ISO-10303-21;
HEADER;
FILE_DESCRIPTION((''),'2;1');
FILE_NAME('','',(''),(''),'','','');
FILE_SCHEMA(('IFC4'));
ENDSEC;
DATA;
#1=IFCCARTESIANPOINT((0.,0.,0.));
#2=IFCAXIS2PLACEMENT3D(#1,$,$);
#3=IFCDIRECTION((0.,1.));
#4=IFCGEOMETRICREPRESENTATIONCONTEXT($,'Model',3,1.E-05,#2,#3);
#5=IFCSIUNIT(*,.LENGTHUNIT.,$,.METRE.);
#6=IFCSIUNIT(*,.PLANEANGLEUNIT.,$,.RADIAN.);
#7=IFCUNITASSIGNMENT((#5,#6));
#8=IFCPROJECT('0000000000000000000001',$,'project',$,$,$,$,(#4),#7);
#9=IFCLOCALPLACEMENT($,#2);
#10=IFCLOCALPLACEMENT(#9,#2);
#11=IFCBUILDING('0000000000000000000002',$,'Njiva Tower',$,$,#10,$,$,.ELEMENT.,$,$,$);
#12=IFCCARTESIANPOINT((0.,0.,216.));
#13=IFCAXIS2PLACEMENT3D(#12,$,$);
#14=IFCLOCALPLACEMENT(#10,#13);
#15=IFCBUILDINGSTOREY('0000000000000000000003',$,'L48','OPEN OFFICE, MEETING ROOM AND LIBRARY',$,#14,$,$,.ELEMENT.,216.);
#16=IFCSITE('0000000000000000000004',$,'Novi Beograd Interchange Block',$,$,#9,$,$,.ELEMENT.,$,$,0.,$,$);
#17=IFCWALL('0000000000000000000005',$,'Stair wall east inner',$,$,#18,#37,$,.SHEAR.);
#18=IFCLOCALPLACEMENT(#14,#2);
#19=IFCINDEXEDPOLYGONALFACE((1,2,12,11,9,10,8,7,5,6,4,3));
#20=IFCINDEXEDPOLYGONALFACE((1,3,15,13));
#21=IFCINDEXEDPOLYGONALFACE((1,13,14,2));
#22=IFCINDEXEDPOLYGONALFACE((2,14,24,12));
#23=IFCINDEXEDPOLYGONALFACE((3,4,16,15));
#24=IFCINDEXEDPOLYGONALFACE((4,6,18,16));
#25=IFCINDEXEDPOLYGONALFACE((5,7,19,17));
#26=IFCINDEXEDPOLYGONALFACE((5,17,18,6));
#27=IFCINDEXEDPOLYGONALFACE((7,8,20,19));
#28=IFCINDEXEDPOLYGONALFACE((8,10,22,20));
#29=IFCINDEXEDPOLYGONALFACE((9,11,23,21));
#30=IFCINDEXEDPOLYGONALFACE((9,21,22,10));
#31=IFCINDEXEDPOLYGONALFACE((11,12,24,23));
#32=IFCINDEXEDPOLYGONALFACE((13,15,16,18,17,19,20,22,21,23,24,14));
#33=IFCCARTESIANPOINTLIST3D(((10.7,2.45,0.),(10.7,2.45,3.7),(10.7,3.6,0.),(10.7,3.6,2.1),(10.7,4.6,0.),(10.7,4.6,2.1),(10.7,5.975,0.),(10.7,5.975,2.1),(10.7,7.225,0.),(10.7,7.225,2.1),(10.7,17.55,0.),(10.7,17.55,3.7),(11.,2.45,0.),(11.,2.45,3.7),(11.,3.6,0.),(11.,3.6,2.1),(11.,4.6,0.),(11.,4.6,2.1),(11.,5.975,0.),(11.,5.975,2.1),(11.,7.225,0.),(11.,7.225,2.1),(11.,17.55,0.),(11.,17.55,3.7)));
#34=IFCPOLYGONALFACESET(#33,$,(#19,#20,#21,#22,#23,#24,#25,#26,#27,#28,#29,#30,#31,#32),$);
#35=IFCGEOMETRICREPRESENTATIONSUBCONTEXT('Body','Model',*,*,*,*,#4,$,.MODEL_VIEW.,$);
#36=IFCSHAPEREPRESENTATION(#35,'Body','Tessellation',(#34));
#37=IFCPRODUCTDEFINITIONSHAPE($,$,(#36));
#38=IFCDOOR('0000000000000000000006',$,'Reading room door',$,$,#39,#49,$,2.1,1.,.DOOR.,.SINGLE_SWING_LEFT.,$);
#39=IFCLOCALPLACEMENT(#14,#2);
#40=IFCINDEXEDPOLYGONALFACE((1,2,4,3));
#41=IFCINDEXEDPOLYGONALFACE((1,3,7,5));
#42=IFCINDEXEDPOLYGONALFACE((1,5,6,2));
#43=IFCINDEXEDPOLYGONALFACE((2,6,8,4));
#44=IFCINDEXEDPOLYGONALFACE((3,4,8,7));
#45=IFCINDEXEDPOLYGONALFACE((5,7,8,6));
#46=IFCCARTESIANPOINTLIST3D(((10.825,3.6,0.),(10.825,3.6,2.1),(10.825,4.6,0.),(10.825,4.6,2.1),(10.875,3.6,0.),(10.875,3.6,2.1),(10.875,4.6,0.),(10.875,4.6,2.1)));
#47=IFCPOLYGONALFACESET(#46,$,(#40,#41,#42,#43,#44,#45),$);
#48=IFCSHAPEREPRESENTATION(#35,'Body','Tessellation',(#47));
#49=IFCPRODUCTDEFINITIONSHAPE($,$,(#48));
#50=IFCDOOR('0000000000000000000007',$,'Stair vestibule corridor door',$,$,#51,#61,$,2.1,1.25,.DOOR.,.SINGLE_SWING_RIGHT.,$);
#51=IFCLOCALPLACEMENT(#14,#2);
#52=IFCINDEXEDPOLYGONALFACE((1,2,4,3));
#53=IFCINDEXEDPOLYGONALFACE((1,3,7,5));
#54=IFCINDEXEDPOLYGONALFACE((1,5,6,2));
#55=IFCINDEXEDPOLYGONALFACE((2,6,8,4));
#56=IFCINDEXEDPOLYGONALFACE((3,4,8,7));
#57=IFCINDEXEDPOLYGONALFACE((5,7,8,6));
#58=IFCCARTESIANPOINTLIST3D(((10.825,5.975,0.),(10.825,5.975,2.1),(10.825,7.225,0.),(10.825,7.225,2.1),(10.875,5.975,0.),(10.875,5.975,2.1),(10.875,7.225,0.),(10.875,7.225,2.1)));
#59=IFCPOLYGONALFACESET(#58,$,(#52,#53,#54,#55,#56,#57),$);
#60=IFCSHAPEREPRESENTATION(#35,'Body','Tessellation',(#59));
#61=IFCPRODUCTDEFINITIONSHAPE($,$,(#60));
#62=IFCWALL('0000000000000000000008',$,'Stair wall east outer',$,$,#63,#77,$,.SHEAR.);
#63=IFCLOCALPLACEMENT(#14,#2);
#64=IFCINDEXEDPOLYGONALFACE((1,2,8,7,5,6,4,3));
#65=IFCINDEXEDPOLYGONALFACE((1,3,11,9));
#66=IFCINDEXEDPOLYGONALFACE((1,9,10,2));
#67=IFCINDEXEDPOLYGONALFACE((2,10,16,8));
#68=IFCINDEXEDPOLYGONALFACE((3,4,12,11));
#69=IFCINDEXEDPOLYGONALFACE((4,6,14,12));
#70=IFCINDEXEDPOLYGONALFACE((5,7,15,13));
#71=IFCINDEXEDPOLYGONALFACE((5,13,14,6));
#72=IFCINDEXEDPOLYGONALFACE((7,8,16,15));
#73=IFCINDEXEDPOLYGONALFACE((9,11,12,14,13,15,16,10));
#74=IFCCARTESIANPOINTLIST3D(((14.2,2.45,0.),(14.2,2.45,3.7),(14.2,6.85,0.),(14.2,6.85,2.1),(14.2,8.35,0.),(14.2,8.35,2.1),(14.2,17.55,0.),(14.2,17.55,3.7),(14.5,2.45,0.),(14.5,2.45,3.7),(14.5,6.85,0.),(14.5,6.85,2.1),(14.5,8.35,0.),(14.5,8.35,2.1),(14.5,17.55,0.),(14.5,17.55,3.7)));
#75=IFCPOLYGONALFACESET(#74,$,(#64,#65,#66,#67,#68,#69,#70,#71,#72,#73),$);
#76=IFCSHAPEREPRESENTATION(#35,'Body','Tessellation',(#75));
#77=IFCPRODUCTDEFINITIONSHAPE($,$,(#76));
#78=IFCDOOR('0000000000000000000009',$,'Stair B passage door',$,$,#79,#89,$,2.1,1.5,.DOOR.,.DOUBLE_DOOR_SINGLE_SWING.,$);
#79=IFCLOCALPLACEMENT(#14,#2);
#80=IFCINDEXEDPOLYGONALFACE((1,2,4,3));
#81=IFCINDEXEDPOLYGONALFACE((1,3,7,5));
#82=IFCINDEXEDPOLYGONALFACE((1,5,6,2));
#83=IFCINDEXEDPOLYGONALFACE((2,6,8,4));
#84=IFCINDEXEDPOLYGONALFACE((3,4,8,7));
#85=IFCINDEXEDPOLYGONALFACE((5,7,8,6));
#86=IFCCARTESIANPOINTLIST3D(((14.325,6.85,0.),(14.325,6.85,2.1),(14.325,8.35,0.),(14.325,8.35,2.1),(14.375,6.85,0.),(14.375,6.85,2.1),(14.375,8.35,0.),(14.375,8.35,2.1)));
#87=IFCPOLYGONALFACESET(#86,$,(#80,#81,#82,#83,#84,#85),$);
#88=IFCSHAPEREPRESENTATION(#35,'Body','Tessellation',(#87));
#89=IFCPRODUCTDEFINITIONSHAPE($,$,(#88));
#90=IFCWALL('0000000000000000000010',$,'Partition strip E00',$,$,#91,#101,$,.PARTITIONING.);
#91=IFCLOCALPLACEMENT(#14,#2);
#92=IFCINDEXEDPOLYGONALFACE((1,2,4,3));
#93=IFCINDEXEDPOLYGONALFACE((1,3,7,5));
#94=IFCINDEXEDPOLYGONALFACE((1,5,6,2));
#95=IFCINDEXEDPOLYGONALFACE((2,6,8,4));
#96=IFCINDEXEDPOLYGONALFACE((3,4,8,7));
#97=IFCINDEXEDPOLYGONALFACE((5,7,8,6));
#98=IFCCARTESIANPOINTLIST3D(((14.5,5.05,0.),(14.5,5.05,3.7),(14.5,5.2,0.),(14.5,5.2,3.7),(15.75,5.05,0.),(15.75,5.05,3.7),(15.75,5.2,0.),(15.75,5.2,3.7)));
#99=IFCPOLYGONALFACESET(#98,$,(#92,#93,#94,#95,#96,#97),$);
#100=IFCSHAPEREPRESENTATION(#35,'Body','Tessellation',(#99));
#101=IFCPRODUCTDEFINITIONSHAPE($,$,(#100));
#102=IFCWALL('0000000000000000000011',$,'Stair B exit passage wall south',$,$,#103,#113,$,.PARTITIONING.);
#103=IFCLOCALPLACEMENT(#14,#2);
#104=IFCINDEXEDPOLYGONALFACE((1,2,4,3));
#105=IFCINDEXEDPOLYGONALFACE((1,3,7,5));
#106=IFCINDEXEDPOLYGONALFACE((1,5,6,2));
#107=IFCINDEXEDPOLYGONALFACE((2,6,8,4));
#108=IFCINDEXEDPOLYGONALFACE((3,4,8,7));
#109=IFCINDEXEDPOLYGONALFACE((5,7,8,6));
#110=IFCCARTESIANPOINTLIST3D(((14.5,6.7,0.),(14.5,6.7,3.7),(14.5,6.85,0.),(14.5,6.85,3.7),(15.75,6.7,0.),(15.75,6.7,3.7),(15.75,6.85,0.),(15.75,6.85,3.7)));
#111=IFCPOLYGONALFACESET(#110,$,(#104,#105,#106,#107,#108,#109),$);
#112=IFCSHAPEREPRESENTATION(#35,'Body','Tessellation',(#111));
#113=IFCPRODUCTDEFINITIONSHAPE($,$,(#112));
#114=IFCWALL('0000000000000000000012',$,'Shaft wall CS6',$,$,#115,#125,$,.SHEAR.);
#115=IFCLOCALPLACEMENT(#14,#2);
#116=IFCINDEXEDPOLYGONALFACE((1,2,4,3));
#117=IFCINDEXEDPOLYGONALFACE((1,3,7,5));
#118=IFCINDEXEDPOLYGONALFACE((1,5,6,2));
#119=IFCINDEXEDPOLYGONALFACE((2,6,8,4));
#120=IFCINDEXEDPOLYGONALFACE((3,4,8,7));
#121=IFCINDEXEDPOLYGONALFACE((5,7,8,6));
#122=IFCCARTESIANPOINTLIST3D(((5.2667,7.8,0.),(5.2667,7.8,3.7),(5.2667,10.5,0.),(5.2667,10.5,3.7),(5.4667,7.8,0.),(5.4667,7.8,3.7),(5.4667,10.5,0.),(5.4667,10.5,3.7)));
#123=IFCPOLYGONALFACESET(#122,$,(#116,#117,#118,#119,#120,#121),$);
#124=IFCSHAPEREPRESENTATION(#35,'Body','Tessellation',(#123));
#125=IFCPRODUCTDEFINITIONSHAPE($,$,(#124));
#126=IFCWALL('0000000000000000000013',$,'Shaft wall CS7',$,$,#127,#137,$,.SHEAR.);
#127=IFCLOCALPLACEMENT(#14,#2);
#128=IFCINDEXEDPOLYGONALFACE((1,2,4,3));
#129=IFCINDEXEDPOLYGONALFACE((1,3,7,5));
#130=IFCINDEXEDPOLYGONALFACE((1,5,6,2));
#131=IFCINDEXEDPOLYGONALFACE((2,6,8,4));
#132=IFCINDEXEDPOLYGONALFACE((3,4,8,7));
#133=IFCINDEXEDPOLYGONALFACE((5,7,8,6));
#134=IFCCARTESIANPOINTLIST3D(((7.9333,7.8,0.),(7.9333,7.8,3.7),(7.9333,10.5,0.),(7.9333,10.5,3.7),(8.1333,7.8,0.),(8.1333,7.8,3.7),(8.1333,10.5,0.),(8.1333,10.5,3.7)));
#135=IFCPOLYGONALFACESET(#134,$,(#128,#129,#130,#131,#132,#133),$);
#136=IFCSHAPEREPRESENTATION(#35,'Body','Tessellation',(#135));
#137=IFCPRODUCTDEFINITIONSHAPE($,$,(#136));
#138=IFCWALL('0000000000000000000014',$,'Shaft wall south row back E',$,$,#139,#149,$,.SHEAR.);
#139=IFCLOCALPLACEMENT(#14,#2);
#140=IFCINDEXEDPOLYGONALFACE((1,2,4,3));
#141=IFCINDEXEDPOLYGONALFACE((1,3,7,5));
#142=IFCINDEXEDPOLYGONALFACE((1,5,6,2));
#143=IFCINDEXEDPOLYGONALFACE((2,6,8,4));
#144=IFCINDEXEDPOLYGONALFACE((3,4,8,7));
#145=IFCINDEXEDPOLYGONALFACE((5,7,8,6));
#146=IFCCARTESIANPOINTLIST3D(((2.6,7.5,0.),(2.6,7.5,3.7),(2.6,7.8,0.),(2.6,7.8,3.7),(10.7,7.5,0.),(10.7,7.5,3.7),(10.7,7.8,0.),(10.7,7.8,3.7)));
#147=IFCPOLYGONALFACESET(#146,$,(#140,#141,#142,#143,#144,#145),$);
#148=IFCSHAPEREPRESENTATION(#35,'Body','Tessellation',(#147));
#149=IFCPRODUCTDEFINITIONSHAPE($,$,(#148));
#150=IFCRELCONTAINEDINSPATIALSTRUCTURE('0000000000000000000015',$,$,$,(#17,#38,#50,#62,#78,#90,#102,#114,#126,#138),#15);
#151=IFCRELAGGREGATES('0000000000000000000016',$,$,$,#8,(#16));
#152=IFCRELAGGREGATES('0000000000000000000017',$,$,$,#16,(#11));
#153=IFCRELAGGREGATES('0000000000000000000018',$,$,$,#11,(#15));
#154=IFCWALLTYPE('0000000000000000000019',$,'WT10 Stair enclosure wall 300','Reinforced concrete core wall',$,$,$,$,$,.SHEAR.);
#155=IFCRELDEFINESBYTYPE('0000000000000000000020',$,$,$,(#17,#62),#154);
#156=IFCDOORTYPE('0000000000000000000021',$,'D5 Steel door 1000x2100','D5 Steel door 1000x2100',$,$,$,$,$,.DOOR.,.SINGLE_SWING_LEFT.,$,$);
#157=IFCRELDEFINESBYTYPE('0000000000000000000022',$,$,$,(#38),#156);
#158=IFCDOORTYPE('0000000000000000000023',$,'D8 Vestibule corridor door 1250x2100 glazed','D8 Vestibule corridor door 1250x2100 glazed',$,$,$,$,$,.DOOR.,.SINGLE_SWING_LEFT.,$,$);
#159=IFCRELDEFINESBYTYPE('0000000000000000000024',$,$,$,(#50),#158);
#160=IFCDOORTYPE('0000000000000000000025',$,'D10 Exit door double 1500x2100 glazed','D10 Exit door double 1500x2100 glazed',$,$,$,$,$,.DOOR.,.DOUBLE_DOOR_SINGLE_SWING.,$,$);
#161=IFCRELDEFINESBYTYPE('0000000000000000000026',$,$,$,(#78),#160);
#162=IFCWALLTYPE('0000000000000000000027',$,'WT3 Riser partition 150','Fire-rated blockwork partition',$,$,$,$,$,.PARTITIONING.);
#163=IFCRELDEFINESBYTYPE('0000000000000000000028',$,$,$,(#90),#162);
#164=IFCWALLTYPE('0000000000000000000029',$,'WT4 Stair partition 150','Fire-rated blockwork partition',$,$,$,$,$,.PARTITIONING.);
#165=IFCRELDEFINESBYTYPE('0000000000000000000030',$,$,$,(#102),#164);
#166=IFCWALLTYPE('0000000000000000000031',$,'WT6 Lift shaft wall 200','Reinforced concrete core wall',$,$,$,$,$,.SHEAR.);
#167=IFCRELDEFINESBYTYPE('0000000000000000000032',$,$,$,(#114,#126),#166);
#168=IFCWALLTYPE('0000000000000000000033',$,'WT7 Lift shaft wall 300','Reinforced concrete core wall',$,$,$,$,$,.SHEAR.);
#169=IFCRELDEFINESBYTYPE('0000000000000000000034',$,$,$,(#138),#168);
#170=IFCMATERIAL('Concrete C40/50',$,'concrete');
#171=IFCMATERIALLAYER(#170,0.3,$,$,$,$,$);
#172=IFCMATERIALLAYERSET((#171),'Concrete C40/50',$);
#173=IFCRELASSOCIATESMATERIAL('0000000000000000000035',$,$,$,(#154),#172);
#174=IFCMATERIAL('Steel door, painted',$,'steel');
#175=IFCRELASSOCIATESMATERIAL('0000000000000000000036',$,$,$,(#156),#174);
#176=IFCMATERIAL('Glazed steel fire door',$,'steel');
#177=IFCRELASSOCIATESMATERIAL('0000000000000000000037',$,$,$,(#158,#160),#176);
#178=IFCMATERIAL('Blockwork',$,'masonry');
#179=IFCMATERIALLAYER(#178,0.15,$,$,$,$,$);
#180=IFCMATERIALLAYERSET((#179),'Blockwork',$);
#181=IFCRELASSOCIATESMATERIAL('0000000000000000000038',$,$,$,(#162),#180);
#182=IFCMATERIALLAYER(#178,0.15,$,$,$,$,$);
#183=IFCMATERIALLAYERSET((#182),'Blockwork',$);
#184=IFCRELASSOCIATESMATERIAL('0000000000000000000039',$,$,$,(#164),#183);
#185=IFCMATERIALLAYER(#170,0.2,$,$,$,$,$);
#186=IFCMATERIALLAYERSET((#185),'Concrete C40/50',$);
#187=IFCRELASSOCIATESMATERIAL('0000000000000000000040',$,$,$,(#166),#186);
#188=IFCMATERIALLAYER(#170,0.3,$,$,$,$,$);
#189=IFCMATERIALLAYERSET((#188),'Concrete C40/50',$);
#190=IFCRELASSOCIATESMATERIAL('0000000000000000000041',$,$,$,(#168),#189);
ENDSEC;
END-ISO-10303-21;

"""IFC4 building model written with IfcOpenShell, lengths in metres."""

from ifc_helpers import new_model, si_unit, direction, frame, frame_2d, origin, place, context, subcontext, project, spatial, rectangle, extrude, material, layer, layer_set, type_object, element, fill, save


model = new_model("IFC4")

# Units and contexts
model_context = context("Model", 3, precision=1e-05, world=origin(), true_north=direction((0.0, 1.0)))
body_context = subcontext(model_context, "Body", "Model", "MODEL_VIEW")
ifc_project = project(units=[si_unit("LENGTHUNIT", "METRE"), si_unit("PLANEANGLEUNIT", "RADIAN")], contexts=[model_context])

# Site, building, storey
site_placement = place(None, origin())
site = spatial("IfcSite", under=ifc_project, at=site_placement, Name="Novi Beograd Interchange Block", CompositionType="ELEMENT", RefElevation=0.0)
building_placement = place(site_placement, origin())
building = spatial("IfcBuilding", under=site, at=building_placement, Name="Njiva Tower", CompositionType="ELEMENT")
storey_placement = place(building_placement, frame((0.0, 0.0, 216.0)))
storey = spatial("IfcBuildingStorey", under=building, at=storey_placement, Name="L48", Description="OPEN OFFICE, MEETING ROOM AND LIBRARY", CompositionType="ELEMENT", Elevation=216.0)

# Shared definitions
ifc_material_1 = material(Name="Blockwork", Category="masonry")

# Wall, openings, doors
ifc_material_2 = material(Name="Concrete C40/50", Category="concrete")
ifc_layer_1 = layer(ifc_material_2, 0.3)
ifc_layer_set_1 = layer_set([ifc_layer_1], Name="Concrete C40/50")
wall_type_1 = type_object("IfcWallType", Name="WT10 Stair enclosure wall 300", Description="Reinforced concrete core wall", PredefinedType="SHEAR", material=ifc_layer_set_1)
wall_1_placement = place(storey_placement, frame((10.85, 2.45, 0.0), z_axis=(0.0, 0.0, 1.0), x_axis=(0.0, 1.0, 0.0)))
wall_1 = element("IfcWall", 1, at=wall_1_placement, inside=storey, type_object=wall_type_1, Name="Stair wall east inner", PredefinedType="SHEAR", context=body_context, shape_type="SweptSolid", body=[
    extrude(rectangle(XDim=15.1, YDim=0.3, at=frame_2d((7.55, 0.0))), origin(), (0.0, 0.0, 1.0), 3.7),
])
opening_1_placement = place(wall_1_placement, frame((3.525, 0.0, 0.0)))
opening_1 = element("IfcOpeningElement", 2, at=opening_1_placement, cuts=wall_1, PredefinedType="OPENING", context=body_context, shape_type="SweptSolid", body=[
    extrude(rectangle(XDim=1.25, YDim=2.1, at=frame_2d((0.625, 1.05))), frame((0.0, 0.16, 0.0), z_axis=(0.0, -1.0, 0.0), x_axis=(1.0, 0.0, 0.0)), (0.0, 0.0, 1.0), 0.32),
])
opening_2_placement = place(wall_1_placement, frame((1.15, 0.0, 0.0)))
opening_2 = element("IfcOpeningElement", 3, at=opening_2_placement, cuts=wall_1, PredefinedType="OPENING", context=body_context, shape_type="SweptSolid", body=[
    extrude(rectangle(XDim=1.0, YDim=2.1, at=frame_2d((0.5, 1.05))), frame((0.0, 0.16, 0.0), z_axis=(0.0, -1.0, 0.0), x_axis=(1.0, 0.0, 0.0)), (0.0, 0.0, 1.0), 0.32),
])
ifc_material_3 = material(Name="Steel door, painted", Category="steel")
door_type_1 = type_object("IfcDoorType", Name="D5 Steel door 1000x2100", Description="D5 Steel door 1000x2100", OperationType="SINGLE_SWING_LEFT", PredefinedType="DOOR", material=ifc_material_3)
door_1_placement = place(opening_2_placement, origin())
door_1 = element("IfcDoor", 4, at=door_1_placement, inside=storey, type_object=door_type_1, Name="Reading room door", OperationType="SINGLE_SWING_LEFT", OverallHeight=2.1, OverallWidth=1.0, PredefinedType="DOOR", context=body_context, shape_type="SweptSolid", body=[
    extrude(rectangle(XDim=1.0, YDim=2.1, at=frame_2d((0.5, 1.05))), frame((0.0, 0.025, 0.0), z_axis=(0.0, -1.0, 0.0), x_axis=(1.0, 0.0, 0.0)), (0.0, 0.0, 1.0), 0.05),
])
fill(opening_2, door_1)
ifc_material_4 = material(Name="Glazed steel fire door", Category="steel")
door_type_2 = type_object("IfcDoorType", Name="D8 Vestibule corridor door 1250x2100 glazed", Description="D8 Vestibule corridor door 1250x2100 glazed", OperationType="SINGLE_SWING_LEFT", PredefinedType="DOOR", material=ifc_material_4)
door_2_placement = place(opening_1_placement, origin())
door_2 = element("IfcDoor", 5, at=door_2_placement, inside=storey, type_object=door_type_2, Name="Stair vestibule corridor door", OperationType="SINGLE_SWING_RIGHT", OverallHeight=2.1, OverallWidth=1.25, PredefinedType="DOOR", context=body_context, shape_type="SweptSolid", body=[
    extrude(rectangle(XDim=1.25, YDim=2.1, at=frame_2d((0.625, 1.05))), frame((0.0, 0.025, 0.0), z_axis=(0.0, -1.0, 0.0), x_axis=(1.0, 0.0, 0.0)), (0.0, 0.0, 1.0), 0.05),
])
fill(opening_1, door_2)

# Wall, opening, door
wall_2_placement = place(storey_placement, frame((14.35, 2.45, 0.0), z_axis=(0.0, 0.0, 1.0), x_axis=(0.0, 1.0, 0.0)))
wall_2 = element("IfcWall", 6, at=wall_2_placement, inside=storey, type_object=wall_type_1, Name="Stair wall east outer", PredefinedType="SHEAR", context=body_context, shape_type="SweptSolid", body=[
    extrude(rectangle(XDim=15.1, YDim=0.3, at=frame_2d((7.55, 0.0))), origin(), (0.0, 0.0, 1.0), 3.7),
])
opening_3_placement = place(wall_2_placement, frame((4.4, 0.0, 0.0)))
opening_3 = element("IfcOpeningElement", 7, at=opening_3_placement, cuts=wall_2, PredefinedType="OPENING", context=body_context, shape_type="SweptSolid", body=[
    extrude(rectangle(XDim=1.5, YDim=2.1, at=frame_2d((0.75, 1.05))), frame((0.0, 0.16, 0.0), z_axis=(0.0, -1.0, 0.0), x_axis=(1.0, 0.0, 0.0)), (0.0, 0.0, 1.0), 0.32),
])
door_type_3 = type_object("IfcDoorType", Name="D10 Exit door double 1500x2100 glazed", Description="D10 Exit door double 1500x2100 glazed", OperationType="DOUBLE_DOOR_SINGLE_SWING", PredefinedType="DOOR", material=ifc_material_4)
door_3_placement = place(opening_3_placement, origin())
door_3 = element("IfcDoor", 8, at=door_3_placement, inside=storey, type_object=door_type_3, Name="Stair B passage door", OperationType="DOUBLE_DOOR_SINGLE_SWING", OverallHeight=2.1, OverallWidth=1.5, PredefinedType="DOOR", context=body_context, shape_type="SweptSolid", body=[
    extrude(rectangle(XDim=1.5, YDim=2.1, at=frame_2d((0.75, 1.05))), frame((0.0, 0.025, 0.0), z_axis=(0.0, -1.0, 0.0), x_axis=(1.0, 0.0, 0.0)), (0.0, 0.0, 1.0), 0.05),
])
fill(opening_3, door_3)

# Walls
ifc_layer_2 = layer(ifc_material_1, 0.15)
ifc_layer_set_2 = layer_set([ifc_layer_2], Name="Blockwork")
wall_type_2 = type_object("IfcWallType", Name="WT3 Riser partition 150", Description="Fire-rated blockwork partition", PredefinedType="PARTITIONING", material=ifc_layer_set_2)
wall_3_placement = place(storey_placement, frame((14.5, 5.125, 0.0), z_axis=(0.0, 0.0, 1.0), x_axis=(1.0, 0.0, 0.0)))
element("IfcWall", 9, at=wall_3_placement, inside=storey, type_object=wall_type_2, Name="Partition strip E00", PredefinedType="PARTITIONING", context=body_context, shape_type="SweptSolid", body=[
    extrude(rectangle(XDim=1.25, YDim=0.15, at=frame_2d((0.625, 0.0))), origin(), (0.0, 0.0, 1.0), 3.7),
])
ifc_layer_3 = layer(ifc_material_1, 0.15)
ifc_layer_set_3 = layer_set([ifc_layer_3], Name="Blockwork")
wall_type_3 = type_object("IfcWallType", Name="WT4 Stair partition 150", Description="Fire-rated blockwork partition", PredefinedType="PARTITIONING", material=ifc_layer_set_3)
wall_4_placement = place(storey_placement, frame((14.5, 6.775, 0.0), z_axis=(0.0, 0.0, 1.0), x_axis=(1.0, 0.0, 0.0)))
element("IfcWall", 10, at=wall_4_placement, inside=storey, type_object=wall_type_3, Name="Stair B exit passage wall south", PredefinedType="PARTITIONING", context=body_context, shape_type="SweptSolid", body=[
    extrude(rectangle(XDim=1.25, YDim=0.15, at=frame_2d((0.625, 0.0))), origin(), (0.0, 0.0, 1.0), 3.7),
])
ifc_layer_4 = layer(ifc_material_2, 0.2)
ifc_layer_set_4 = layer_set([ifc_layer_4], Name="Concrete C40/50")
wall_type_4 = type_object("IfcWallType", Name="WT6 Lift shaft wall 200", Description="Reinforced concrete core wall", PredefinedType="SHEAR", material=ifc_layer_set_4)
for number, where, z_axis, x_axis, name in (
    (11, (5.3667, 7.8, 0.0), (0.0, 0.0, 1.0), (0.0, 1.0, 0.0), "Shaft wall CS6"),
    (12, (8.0333, 7.8, 0.0), (0.0, 0.0, 1.0), (0.0, 1.0, 0.0), "Shaft wall CS7"),
):
    element("IfcWall", number, at=place(storey_placement, frame(where, z_axis=z_axis, x_axis=x_axis)), inside=storey, type_object=wall_type_4, Name=name, PredefinedType="SHEAR", context=body_context, shape_type="SweptSolid", body=[
        extrude(rectangle(XDim=2.7, YDim=0.2, at=frame_2d((1.35, 0.0))), origin(), (0.0, 0.0, 1.0), 3.7),
    ])
ifc_layer_5 = layer(ifc_material_2, 0.3)
ifc_layer_set_5 = layer_set([ifc_layer_5], Name="Concrete C40/50")
wall_type_5 = type_object("IfcWallType", Name="WT7 Lift shaft wall 300", Description="Reinforced concrete core wall", PredefinedType="SHEAR", material=ifc_layer_set_5)
wall_5_placement = place(storey_placement, frame((2.6, 7.65, 0.0), z_axis=(0.0, 0.0, 1.0), x_axis=(1.0, 0.0, 0.0)))
element("IfcWall", 13, at=wall_5_placement, inside=storey, type_object=wall_type_5, Name="Shaft wall south row back E", PredefinedType="SHEAR", context=body_context, shape_type="SweptSolid", body=[
    extrude(rectangle(XDim=8.1, YDim=0.3, at=frame_2d((4.05, 0.0))), origin(), (0.0, 0.0, 1.0), 3.7),
])

save(model, "model.ifc")
